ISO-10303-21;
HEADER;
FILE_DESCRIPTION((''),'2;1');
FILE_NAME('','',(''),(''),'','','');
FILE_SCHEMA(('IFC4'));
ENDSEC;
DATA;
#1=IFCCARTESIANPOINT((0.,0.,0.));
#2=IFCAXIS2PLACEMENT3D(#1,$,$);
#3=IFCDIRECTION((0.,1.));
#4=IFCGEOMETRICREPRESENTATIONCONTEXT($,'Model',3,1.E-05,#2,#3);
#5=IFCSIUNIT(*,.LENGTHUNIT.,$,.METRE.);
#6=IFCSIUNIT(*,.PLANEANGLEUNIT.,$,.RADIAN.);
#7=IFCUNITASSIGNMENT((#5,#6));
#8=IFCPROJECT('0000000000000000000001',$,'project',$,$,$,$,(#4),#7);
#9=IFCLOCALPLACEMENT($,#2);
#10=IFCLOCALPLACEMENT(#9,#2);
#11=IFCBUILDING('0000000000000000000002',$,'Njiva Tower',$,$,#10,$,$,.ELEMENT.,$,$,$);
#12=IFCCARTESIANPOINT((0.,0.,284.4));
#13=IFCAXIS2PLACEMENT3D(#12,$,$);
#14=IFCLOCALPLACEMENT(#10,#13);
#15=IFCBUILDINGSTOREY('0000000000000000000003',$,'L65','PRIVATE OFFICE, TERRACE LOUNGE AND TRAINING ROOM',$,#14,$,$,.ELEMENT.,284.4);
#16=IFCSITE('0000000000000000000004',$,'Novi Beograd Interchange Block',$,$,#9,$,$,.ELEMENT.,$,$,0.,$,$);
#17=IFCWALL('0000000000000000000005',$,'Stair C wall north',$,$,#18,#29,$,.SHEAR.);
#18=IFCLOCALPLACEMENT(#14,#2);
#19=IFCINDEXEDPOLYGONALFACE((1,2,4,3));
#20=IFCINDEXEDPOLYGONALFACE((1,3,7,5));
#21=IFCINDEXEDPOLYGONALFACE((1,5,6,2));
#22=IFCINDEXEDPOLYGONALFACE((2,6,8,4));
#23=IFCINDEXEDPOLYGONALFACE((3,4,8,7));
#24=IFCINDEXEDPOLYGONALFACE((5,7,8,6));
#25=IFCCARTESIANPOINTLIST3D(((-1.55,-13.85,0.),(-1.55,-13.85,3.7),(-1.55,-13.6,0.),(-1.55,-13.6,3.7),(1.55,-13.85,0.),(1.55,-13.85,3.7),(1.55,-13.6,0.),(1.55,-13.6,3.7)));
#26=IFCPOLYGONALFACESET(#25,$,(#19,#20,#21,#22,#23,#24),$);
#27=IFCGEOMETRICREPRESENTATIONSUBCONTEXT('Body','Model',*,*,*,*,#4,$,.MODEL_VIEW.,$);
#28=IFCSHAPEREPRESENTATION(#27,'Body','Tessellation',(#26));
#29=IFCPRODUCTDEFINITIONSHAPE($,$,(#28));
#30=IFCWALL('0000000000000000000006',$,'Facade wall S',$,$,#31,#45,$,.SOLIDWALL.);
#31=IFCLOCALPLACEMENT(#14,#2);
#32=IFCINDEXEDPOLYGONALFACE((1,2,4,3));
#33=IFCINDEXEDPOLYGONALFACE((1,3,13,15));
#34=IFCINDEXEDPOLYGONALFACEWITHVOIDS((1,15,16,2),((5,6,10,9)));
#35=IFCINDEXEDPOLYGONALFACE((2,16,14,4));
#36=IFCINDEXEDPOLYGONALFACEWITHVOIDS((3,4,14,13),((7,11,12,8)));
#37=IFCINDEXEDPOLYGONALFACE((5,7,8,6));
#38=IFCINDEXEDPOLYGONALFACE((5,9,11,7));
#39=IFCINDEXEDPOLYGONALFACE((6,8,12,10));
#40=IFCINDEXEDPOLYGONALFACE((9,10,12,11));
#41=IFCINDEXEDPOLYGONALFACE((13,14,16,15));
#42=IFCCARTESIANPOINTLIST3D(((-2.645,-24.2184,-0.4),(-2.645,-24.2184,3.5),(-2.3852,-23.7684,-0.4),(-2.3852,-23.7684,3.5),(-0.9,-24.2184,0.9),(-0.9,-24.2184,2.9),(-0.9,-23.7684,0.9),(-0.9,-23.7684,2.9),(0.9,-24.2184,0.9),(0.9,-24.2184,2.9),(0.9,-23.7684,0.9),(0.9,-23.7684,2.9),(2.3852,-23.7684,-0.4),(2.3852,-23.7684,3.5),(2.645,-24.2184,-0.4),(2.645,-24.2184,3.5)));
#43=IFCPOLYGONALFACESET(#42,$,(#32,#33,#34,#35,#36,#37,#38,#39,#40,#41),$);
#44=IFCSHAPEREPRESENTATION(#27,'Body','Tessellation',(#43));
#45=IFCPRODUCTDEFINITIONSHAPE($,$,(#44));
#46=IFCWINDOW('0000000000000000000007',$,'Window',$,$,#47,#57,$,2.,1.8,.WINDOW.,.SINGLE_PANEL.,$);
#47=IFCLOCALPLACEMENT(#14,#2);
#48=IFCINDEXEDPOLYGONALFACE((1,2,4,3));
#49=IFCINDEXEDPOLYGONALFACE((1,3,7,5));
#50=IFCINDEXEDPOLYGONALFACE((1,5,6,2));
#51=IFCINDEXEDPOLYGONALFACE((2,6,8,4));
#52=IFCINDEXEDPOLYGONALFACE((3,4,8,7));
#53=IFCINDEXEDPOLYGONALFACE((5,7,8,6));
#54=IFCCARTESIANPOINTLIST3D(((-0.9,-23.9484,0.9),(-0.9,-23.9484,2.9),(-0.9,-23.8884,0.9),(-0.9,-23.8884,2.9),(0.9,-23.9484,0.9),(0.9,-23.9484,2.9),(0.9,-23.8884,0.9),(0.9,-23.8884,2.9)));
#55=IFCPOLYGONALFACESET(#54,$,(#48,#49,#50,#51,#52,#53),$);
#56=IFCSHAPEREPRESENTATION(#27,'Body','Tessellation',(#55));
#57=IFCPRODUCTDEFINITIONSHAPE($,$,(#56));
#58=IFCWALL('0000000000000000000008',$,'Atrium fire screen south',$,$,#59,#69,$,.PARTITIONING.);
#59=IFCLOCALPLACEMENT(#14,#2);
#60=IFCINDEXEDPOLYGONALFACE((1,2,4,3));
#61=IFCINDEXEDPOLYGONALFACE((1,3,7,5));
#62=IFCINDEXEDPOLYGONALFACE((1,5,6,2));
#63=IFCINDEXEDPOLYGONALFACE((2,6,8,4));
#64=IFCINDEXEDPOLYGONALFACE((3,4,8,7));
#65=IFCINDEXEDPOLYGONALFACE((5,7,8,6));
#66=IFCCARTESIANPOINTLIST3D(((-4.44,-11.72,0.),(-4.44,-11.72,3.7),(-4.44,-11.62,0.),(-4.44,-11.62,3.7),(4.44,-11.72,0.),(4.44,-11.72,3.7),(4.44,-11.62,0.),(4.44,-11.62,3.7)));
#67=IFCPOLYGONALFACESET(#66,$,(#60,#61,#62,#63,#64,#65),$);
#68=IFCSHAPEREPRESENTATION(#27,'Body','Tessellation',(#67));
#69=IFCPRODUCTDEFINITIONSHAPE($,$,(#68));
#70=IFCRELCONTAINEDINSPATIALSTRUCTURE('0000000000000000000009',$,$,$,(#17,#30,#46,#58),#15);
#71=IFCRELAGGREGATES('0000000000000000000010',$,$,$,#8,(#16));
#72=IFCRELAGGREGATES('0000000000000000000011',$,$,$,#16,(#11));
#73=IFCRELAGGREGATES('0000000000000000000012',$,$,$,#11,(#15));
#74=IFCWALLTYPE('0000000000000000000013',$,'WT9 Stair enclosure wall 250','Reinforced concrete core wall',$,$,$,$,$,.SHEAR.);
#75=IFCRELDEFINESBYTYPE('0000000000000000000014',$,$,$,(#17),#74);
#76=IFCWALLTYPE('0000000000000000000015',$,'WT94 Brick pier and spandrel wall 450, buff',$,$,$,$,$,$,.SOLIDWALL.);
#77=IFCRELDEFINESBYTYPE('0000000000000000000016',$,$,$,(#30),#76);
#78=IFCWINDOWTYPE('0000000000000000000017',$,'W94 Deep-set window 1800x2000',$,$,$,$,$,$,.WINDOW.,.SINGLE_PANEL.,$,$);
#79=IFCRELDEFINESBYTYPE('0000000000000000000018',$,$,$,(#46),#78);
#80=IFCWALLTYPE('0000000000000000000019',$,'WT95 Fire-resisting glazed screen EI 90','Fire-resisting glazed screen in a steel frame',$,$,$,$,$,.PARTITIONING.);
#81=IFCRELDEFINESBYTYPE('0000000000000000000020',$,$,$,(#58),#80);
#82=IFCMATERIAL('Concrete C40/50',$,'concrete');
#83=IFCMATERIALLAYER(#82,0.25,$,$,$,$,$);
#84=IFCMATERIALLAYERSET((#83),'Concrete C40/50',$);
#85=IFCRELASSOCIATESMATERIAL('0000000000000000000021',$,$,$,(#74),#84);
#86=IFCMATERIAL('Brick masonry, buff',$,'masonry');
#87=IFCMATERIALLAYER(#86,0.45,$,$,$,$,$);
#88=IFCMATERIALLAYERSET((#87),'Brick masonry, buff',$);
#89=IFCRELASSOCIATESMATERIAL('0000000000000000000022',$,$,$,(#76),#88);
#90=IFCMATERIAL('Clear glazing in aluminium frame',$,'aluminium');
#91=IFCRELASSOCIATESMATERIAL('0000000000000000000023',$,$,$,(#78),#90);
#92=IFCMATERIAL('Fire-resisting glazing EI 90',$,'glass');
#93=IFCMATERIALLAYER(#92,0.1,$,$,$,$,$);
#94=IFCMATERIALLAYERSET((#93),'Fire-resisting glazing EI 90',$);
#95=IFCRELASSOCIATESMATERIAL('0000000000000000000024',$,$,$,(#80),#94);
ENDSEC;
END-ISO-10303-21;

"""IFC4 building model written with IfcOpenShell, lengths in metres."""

from ifc_helpers import new_model, si_unit, direction, frame, frame_2d, origin, place, context, subcontext, project, spatial, polyline, rectangle, outline, extrude, material, layer, layer_set, type_object, element, fill, save


model = new_model("IFC4")

# Units and contexts
model_context = context("Model", 3, precision=1e-05, world=origin(), true_north=direction((0.0, 1.0)))
body_context = subcontext(model_context, "Body", "Model", "MODEL_VIEW")
ifc_project = project(units=[si_unit("LENGTHUNIT", "METRE"), si_unit("PLANEANGLEUNIT", "RADIAN")], contexts=[model_context])

# Site, building, storey
site_placement = place(None, origin())
site = spatial("IfcSite", under=ifc_project, at=site_placement, Name="Novi Beograd Interchange Block", CompositionType="ELEMENT", RefElevation=0.0)
building_placement = place(site_placement, origin())
building = spatial("IfcBuilding", under=site, at=building_placement, Name="Njiva Tower", CompositionType="ELEMENT")
storey_placement = place(building_placement, frame((0.0, 0.0, 284.4)))
storey = spatial("IfcBuildingStorey", under=building, at=storey_placement, Name="L65", Description="PRIVATE OFFICE, TERRACE LOUNGE AND TRAINING ROOM", CompositionType="ELEMENT", Elevation=284.4)

# Wall
ifc_material_1 = material(Name="Concrete C40/50", Category="concrete")
ifc_layer_1 = layer(ifc_material_1, 0.25)
ifc_layer_set_1 = layer_set([ifc_layer_1], Name="Concrete C40/50")
wall_type_1 = type_object("IfcWallType", Name="WT9 Stair enclosure wall 250", Description="Reinforced concrete core wall", PredefinedType="SHEAR", material=ifc_layer_set_1)
for number, where, z_axis, x_axis, name in (
    (1, (-1.55, -13.725, 0.0), (0.0, 0.0, 1.0), (1.0, 0.0, 0.0), "Stair C wall north"),
):
    element("IfcWall", number, at=place(storey_placement, frame(where, z_axis=z_axis, x_axis=x_axis)), inside=storey, type_object=wall_type_1, Name=name, PredefinedType="SHEAR", context=body_context, shape_type="SweptSolid", body=[
        extrude(rectangle(XDim=3.1, YDim=0.25, at=frame_2d((1.55, 0.0))), origin(), (0.0, 0.0, 1.0), 3.7),
    ])

# Wall, opening, window
ifc_material_2 = material(Name="Brick masonry, buff", Category="masonry")
ifc_layer_2 = layer(ifc_material_2, 0.45)
ifc_layer_set_2 = layer_set([ifc_layer_2], Name="Brick masonry, buff")
wall_type_2 = type_object("IfcWallType", Name="WT94 Brick pier and spandrel wall 450, buff", PredefinedType="SOLIDWALL", material=ifc_layer_set_2)
wall_1_placement = place(storey_placement, frame((-2.5151, -23.9934, -0.4), z_axis=(0.0, 0.0, 1.0), x_axis=(1.0, 0.0, 0.0)))
wall_1 = element("IfcWall", 2, at=wall_1_placement, inside=storey, type_object=wall_type_2, Name="Facade wall S", PredefinedType="SOLIDWALL", context=body_context, shape_type="SweptSolid", body=[
    extrude(outline(polyline([(-0.1299, -0.225), (5.1601, -0.225), (4.9003, 0.225), (0.1299, 0.225), (-0.1299, -0.225)])), origin(), (0.0, 0.0, 1.0), 3.9),
])
opening_1_placement = place(wall_1_placement, frame((1.6151, 0.0, 1.3)))
opening_1 = element("IfcOpeningElement", 3, at=opening_1_placement, cuts=wall_1, PredefinedType="OPENING", context=body_context, shape_type="SweptSolid", body=[
    extrude(rectangle(XDim=1.8, YDim=2.0, at=frame_2d((0.9, 1.0))), frame((0.0, 0.235, 0.0), z_axis=(0.0, -1.0, 0.0), x_axis=(1.0, 0.0, 0.0)), (0.0, 0.0, 1.0), 0.47),
])
ifc_material_3 = material(Name="Clear glazing in aluminium frame", Category="aluminium")
window_type = type_object("IfcWindowType", Name="W94 Deep-set window 1800x2000", PartitioningType="SINGLE_PANEL", PredefinedType="WINDOW", material=ifc_material_3)
window_placement = place(opening_1_placement, origin())
window = element("IfcWindow", 4, at=window_placement, inside=storey, type_object=window_type, Name="Window", OverallHeight=2.0, OverallWidth=1.8, PartitioningType="SINGLE_PANEL", PredefinedType="WINDOW", context=body_context, shape_type="SweptSolid", body=[
    extrude(rectangle(XDim=1.8, YDim=2.0, at=frame_2d((0.9, 1.0))), frame((0.0, 0.105, 0.0), z_axis=(0.0, -1.0, 0.0), x_axis=(1.0, 0.0, 0.0)), (0.0, 0.0, 1.0), 0.06),
])
fill(opening_1, window)

# Wall
ifc_material_4 = material(Name="Fire-resisting glazing EI 90", Category="glass")
ifc_layer_3 = layer(ifc_material_4, 0.1)
ifc_layer_set_3 = layer_set([ifc_layer_3], Name="Fire-resisting glazing EI 90")
wall_type_3 = type_object("IfcWallType", Name="WT95 Fire-resisting glazed screen EI 90", Description="Fire-resisting glazed screen in a steel frame", PredefinedType="PARTITIONING", material=ifc_layer_set_3)
wall_2_placement = place(storey_placement, frame((-4.44, -11.67, 0.0), z_axis=(0.0, 0.0, 1.0), x_axis=(1.0, 0.0, 0.0)))
element("IfcWall", 5, at=wall_2_placement, inside=storey, type_object=wall_type_3, Name="Atrium fire screen south", PredefinedType="PARTITIONING", context=body_context, shape_type="SweptSolid", body=[
    extrude(rectangle(XDim=8.88, YDim=0.1, at=frame_2d((4.44, 0.0))), origin(), (0.0, 0.0, 1.0), 3.7),
])

save(model, "model.ifc")
